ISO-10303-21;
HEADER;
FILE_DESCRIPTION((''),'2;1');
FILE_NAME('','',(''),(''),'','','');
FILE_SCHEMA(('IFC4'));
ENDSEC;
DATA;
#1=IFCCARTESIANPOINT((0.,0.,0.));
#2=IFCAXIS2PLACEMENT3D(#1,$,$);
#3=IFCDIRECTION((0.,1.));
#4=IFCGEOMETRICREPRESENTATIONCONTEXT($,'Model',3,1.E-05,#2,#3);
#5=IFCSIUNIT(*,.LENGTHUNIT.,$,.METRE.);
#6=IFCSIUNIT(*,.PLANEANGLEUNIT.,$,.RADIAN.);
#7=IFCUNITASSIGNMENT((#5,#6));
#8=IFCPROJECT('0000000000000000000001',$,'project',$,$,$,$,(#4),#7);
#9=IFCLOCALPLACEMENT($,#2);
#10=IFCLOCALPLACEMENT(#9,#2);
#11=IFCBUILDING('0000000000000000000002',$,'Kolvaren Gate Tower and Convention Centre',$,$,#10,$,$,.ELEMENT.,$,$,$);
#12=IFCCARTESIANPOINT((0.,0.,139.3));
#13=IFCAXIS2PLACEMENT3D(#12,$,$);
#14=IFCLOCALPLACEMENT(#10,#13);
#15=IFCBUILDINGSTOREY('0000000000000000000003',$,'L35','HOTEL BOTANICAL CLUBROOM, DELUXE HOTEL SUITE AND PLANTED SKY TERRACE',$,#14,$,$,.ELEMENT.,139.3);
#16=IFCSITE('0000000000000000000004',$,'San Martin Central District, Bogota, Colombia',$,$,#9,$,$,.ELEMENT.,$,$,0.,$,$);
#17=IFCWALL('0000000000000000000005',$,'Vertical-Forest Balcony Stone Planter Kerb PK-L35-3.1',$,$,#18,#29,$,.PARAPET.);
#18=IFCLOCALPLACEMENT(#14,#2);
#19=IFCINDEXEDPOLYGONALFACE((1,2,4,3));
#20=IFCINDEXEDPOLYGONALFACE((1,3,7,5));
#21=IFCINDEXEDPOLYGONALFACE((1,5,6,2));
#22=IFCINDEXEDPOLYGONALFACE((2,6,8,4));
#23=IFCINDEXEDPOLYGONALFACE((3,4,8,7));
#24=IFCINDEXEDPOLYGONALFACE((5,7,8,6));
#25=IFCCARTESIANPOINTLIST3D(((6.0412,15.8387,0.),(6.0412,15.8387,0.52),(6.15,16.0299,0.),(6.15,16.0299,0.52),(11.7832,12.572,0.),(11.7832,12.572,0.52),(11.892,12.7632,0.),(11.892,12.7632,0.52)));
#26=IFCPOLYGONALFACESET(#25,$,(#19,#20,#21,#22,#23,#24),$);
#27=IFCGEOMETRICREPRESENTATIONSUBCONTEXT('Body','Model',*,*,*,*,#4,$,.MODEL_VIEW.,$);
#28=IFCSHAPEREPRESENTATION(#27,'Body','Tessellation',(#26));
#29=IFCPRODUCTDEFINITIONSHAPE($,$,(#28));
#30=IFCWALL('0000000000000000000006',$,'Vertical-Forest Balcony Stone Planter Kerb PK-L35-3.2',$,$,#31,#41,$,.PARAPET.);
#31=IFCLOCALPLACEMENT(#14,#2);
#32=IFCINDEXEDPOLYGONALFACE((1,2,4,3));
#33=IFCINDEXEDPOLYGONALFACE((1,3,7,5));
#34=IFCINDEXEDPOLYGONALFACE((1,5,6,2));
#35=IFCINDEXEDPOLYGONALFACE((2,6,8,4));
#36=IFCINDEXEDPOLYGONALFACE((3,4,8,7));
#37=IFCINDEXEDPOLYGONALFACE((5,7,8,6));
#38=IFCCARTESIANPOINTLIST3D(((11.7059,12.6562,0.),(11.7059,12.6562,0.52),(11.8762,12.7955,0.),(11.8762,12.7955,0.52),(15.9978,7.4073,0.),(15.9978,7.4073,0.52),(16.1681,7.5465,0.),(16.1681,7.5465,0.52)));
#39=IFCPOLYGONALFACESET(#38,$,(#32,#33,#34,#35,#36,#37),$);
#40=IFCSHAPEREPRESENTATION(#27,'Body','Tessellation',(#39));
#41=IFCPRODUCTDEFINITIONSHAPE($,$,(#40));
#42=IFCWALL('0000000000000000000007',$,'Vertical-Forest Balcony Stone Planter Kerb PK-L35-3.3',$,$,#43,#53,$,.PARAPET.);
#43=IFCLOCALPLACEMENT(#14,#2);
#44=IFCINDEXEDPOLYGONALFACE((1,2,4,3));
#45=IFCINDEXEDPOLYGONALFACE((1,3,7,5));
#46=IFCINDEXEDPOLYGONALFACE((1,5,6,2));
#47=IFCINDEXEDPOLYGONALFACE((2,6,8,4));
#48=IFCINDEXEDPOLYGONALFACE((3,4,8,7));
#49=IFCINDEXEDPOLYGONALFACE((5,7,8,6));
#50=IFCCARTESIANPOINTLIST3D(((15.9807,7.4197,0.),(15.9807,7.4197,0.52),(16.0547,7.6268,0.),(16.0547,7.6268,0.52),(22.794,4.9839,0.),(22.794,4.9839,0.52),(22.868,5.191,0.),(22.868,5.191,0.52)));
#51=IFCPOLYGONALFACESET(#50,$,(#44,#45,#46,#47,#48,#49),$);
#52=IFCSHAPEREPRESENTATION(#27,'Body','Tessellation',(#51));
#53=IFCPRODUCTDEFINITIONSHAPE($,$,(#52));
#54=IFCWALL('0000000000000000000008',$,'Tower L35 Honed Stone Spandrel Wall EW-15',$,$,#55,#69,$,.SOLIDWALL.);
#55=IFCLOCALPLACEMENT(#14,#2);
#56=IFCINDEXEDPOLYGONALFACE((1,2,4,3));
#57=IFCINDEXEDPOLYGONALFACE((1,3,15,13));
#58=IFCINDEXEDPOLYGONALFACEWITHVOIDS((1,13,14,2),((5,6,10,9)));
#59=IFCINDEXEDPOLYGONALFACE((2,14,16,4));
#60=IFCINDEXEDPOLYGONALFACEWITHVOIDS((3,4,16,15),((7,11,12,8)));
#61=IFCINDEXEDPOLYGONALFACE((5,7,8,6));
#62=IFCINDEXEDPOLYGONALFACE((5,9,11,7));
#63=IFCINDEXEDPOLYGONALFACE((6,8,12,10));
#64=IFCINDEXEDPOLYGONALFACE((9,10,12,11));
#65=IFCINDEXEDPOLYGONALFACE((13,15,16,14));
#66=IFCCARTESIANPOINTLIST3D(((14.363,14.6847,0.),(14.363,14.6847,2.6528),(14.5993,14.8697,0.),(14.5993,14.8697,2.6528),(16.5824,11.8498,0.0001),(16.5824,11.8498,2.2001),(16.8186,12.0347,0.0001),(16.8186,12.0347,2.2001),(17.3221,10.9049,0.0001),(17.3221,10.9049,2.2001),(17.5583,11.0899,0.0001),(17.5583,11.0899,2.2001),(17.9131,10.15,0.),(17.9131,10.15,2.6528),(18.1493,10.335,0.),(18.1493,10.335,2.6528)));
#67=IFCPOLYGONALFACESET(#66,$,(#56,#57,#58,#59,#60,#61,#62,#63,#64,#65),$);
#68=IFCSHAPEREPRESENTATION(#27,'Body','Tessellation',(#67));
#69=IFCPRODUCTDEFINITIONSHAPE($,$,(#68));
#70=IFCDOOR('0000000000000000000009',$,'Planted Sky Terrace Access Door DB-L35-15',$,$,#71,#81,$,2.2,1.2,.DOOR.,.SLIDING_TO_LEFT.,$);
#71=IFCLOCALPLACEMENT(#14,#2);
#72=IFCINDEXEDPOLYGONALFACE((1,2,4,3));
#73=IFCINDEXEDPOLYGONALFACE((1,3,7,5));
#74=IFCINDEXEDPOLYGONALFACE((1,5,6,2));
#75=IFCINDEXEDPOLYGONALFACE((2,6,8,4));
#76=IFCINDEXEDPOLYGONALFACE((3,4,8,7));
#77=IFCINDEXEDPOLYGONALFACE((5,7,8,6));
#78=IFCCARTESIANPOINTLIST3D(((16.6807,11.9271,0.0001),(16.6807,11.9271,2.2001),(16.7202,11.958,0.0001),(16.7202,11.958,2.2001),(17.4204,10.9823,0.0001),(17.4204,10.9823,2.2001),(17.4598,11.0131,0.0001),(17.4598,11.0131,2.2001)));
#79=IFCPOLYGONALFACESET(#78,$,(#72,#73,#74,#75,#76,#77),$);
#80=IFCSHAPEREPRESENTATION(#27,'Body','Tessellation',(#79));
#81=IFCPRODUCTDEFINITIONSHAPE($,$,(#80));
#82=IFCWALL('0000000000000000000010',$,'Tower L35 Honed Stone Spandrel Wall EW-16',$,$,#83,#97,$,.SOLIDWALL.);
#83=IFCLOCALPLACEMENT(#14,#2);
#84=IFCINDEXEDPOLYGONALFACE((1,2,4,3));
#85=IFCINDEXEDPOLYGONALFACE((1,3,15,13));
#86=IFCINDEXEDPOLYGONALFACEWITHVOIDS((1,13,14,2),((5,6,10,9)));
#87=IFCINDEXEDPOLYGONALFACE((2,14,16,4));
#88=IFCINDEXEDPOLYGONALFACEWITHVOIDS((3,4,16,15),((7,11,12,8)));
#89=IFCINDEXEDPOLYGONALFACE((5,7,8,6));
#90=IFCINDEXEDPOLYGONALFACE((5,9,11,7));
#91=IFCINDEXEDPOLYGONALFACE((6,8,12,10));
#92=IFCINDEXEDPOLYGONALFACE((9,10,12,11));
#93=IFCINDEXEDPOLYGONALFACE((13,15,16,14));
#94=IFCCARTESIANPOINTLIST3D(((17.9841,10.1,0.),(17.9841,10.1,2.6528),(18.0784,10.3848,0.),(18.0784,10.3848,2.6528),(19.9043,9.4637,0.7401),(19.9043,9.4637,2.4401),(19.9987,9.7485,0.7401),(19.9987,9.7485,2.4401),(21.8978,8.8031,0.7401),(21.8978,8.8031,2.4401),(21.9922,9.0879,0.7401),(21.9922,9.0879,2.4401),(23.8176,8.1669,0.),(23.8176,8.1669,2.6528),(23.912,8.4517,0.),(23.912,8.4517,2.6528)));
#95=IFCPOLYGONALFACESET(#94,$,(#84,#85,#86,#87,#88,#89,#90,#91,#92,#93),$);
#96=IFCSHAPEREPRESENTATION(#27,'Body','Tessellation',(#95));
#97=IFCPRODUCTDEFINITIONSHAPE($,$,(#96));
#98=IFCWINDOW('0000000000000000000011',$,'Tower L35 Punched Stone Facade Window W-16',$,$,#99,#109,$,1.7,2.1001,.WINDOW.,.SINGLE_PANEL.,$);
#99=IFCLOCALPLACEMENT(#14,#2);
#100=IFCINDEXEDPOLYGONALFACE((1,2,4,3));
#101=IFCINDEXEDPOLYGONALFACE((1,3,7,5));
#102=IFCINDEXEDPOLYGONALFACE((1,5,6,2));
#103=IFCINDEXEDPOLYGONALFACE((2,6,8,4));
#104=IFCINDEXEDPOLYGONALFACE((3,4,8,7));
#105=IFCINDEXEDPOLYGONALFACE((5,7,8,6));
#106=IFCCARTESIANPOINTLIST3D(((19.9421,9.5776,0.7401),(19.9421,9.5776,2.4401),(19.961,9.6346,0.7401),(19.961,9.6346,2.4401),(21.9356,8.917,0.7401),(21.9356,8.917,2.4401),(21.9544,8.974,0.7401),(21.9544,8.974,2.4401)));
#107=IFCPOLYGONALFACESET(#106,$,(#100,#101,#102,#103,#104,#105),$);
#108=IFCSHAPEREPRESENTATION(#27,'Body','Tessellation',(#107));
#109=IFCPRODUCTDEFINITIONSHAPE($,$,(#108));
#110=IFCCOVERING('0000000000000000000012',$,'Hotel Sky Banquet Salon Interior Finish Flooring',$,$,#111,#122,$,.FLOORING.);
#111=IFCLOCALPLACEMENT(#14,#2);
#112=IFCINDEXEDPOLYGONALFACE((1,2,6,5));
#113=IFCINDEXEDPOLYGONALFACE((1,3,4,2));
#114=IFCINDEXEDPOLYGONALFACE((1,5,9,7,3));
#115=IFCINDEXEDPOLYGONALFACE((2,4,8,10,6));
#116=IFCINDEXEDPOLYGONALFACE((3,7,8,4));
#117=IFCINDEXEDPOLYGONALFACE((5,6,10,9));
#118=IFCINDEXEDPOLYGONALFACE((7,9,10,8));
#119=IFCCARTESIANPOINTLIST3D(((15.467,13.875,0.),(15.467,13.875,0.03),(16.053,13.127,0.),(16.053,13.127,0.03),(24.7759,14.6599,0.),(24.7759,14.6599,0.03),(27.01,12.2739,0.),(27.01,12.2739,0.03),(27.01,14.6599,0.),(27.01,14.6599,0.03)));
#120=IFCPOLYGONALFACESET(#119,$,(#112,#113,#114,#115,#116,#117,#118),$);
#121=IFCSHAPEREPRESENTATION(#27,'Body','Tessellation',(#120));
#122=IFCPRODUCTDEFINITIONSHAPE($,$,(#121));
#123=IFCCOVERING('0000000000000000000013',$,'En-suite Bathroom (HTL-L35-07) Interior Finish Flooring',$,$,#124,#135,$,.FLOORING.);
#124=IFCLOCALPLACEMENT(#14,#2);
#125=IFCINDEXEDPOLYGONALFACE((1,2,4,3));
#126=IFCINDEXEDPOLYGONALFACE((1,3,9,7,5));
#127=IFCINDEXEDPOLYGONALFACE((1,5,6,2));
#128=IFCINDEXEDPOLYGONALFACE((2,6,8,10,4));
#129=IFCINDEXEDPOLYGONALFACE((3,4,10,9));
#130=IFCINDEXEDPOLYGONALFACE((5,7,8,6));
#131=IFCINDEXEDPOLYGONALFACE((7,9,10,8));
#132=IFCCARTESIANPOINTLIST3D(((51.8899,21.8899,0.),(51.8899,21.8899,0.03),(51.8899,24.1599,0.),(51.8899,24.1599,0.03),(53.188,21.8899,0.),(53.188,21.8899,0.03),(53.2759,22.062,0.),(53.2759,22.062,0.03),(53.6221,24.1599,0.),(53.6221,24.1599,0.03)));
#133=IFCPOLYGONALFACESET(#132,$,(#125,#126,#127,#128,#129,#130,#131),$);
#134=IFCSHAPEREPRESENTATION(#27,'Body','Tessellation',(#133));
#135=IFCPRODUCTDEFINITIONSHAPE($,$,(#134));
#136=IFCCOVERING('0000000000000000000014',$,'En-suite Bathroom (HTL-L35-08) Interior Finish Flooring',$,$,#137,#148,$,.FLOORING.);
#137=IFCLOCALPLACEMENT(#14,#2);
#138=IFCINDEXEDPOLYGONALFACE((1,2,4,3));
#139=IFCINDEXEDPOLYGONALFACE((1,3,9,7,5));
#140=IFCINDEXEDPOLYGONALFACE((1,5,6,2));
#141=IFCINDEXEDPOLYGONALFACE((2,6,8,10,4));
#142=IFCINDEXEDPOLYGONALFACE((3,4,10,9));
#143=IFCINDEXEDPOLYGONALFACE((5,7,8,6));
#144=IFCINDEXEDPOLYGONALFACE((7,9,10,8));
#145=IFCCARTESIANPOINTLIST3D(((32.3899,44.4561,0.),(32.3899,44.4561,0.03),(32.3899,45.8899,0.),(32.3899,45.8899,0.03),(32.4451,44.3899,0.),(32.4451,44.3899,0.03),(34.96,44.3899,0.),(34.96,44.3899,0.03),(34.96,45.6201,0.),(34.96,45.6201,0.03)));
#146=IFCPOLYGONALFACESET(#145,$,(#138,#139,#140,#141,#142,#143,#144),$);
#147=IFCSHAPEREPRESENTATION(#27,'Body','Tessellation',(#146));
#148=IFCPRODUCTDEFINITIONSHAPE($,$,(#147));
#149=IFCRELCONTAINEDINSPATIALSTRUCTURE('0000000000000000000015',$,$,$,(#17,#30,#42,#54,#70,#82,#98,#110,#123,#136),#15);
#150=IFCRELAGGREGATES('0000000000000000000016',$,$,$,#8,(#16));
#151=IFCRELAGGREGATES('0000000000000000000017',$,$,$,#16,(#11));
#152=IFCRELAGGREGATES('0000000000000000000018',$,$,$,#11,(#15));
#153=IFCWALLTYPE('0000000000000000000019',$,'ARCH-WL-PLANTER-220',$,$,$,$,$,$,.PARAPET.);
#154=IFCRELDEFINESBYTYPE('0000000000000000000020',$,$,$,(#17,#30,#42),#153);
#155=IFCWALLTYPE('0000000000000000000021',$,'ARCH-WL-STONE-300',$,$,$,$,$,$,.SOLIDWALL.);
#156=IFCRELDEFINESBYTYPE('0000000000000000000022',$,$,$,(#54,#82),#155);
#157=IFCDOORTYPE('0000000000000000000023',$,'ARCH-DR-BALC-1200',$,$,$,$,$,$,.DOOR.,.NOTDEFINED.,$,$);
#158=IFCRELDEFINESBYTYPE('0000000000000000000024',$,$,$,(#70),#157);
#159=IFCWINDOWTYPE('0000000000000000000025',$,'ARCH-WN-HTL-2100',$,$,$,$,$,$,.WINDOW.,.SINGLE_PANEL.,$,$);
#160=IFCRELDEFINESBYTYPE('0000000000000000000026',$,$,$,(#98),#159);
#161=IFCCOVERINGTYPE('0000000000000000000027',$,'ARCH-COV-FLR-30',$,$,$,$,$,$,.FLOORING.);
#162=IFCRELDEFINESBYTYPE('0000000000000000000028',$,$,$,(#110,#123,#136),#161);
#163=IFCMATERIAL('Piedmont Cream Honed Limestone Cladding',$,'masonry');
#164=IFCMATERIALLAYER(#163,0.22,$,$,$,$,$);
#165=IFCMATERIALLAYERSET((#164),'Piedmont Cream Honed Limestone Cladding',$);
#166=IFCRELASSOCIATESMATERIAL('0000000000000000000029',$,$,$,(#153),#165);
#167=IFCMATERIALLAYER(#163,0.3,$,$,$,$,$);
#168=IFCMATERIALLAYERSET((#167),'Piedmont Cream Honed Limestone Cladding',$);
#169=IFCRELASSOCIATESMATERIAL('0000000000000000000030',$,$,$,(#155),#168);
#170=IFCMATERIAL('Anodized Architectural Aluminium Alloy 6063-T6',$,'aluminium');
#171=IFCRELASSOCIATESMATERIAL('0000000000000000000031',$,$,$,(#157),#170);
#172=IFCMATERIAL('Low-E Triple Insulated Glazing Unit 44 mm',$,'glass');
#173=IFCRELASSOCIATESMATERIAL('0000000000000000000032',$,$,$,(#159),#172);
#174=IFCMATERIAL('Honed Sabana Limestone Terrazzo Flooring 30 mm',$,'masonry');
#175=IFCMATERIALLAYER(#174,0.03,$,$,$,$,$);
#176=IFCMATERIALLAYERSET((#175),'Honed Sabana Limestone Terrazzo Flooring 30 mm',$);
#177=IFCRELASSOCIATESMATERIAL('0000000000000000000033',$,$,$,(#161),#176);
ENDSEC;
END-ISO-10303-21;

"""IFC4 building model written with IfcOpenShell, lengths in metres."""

from ifc_helpers import new_model, si_unit, direction, frame, frame_2d, origin, place, context, subcontext, project, spatial, polyline, rectangle, outline, extrude, material, layer, layer_set, type_object, element, fill, save


model = new_model("IFC4")

# Units and contexts
model_context = context("Model", 3, precision=1e-05, world=origin(), true_north=direction((0.0, 1.0)))
body_context = subcontext(model_context, "Body", "Model", "MODEL_VIEW")
ifc_project = project(units=[si_unit("LENGTHUNIT", "METRE"), si_unit("PLANEANGLEUNIT", "RADIAN")], contexts=[model_context])

# Site, building, storey
site_placement = place(None, origin())
site = spatial("IfcSite", under=ifc_project, at=site_placement, Name="San Martin Central District, Bogota, Colombia", CompositionType="ELEMENT", RefElevation=0.0)
building_placement = place(site_placement, origin())
building = spatial("IfcBuilding", under=site, at=building_placement, Name="Kolvaren Gate Tower and Convention Centre", CompositionType="ELEMENT")
storey_placement = place(building_placement, frame((0.0, 0.0, 139.3)))
storey = spatial("IfcBuildingStorey", under=building, at=storey_placement, Name="L35", Description="HOTEL BOTANICAL CLUBROOM, DELUXE HOTEL SUITE AND PLANTED SKY TERRACE", CompositionType="ELEMENT", Elevation=139.3)

# Walls
ifc_material_1 = material(Name="Piedmont Cream Honed Limestone Cladding", Category="masonry")
ifc_layer_1 = layer(ifc_material_1, 0.22)
ifc_layer_set_1 = layer_set([ifc_layer_1], Name="Piedmont Cream Honed Limestone Cladding")
wall_type_1 = type_object("IfcWallType", Name="ARCH-WL-PLANTER-220", PredefinedType="PARAPET", material=ifc_layer_set_1)
wall_1_placement = place(storey_placement, frame((6.0955, 15.9343, 0.0), z_axis=(0.0, 0.0, 1.0), x_axis=(0.869188, -0.494482, 0.0)))
element("IfcWall", 1, at=wall_1_placement, inside=storey, type_object=wall_type_1, Name="Vertical-Forest Balcony Stone Planter Kerb PK-L35-3.1", PredefinedType="PARAPET", context=body_context, shape_type="SweptSolid", body=[
    extrude(rectangle(XDim=6.6062, YDim=0.22, at=frame_2d((3.3032, 0.0))), origin(), (0.0, 0.0, 1.0), 0.52),
])
wall_2_placement = place(storey_placement, frame((11.791, 12.7258, 0.0), z_axis=(0.0, 0.0, 1.0), x_axis=(0.633002, -0.77415, 0.0)))
element("IfcWall", 2, at=wall_2_placement, inside=storey, type_object=wall_type_1, Name="Vertical-Forest Balcony Stone Planter Kerb PK-L35-3.2", PredefinedType="PARAPET", context=body_context, shape_type="SweptSolid", body=[
    extrude(rectangle(XDim=6.7803, YDim=0.22, at=frame_2d((3.3901, 0.0))), origin(), (0.0, 0.0, 1.0), 0.52),
])
wall_3_placement = place(storey_placement, frame((16.0178, 7.5232, 0.0), z_axis=(0.0, 0.0, 1.0), x_axis=(0.941633, -0.336642, 0.0)))
element("IfcWall", 3, at=wall_3_placement, inside=storey, type_object=wall_type_1, Name="Vertical-Forest Balcony Stone Planter Kerb PK-L35-3.3", PredefinedType="PARAPET", context=body_context, shape_type="SweptSolid", body=[
    extrude(rectangle(XDim=7.2356, YDim=0.22, at=frame_2d((3.6177, 0.0))), origin(), (0.0, 0.0, 1.0), 0.52),
])

# Wall, opening, door
ifc_layer_2 = layer(ifc_material_1, 0.3)
ifc_layer_set_2 = layer_set([ifc_layer_2], Name="Piedmont Cream Honed Limestone Cladding")
wall_type_2 = type_object("IfcWallType", Name="ARCH-WL-STONE-300", PredefinedType="SOLIDWALL", material=ifc_layer_set_2)
wall_4_placement = place(storey_placement, frame((14.4812, 14.7771, 0.0), z_axis=(0.0, 0.0, 1.0), x_axis=(0.616435, -0.787406, 0.0)))
wall_4 = element("IfcWall", 4, at=wall_4_placement, inside=storey, type_object=wall_type_2, Name="Tower L35 Honed Stone Spandrel Wall EW-15", PredefinedType="SOLIDWALL", context=body_context, shape_type="SweptSolid", body=[
    extrude(rectangle(XDim=5.759, YDim=0.3, at=frame_2d((2.8794, 0.0))), origin(), (0.0, 0.0, 1.0), 2.6528),
])
opening_1_placement = place(wall_4_placement, frame((3.6001, 0.0, 0.0)))
opening_1 = element("IfcOpeningElement", 5, at=opening_1_placement, cuts=wall_4, PredefinedType="OPENING", context=body_context, shape_type="SweptSolid", body=[
    extrude(rectangle(XDim=1.2, YDim=2.2, at=frame_2d((0.6001, 1.1001))), frame((0.0, 0.1599, 0.0), z_axis=(0.0, -1.0, 0.0), x_axis=(1.0, 0.0, 0.0)), (0.0, 0.0, 1.0), 0.3201),
])
ifc_material_2 = material(Name="Anodized Architectural Aluminium Alloy 6063-T6", Category="aluminium")
door_type = type_object("IfcDoorType", Name="ARCH-DR-BALC-1200", OperationType="NOTDEFINED", PredefinedType="DOOR", material=ifc_material_2)
door_placement = place(opening_1_placement, frame((1.2, 0.0, 0.0), z_axis=(0.0, 0.0, 1.0), x_axis=(-1.0, 0.0, 0.0)))
door = element("IfcDoor", 6, at=door_placement, inside=storey, type_object=door_type, Name="Planted Sky Terrace Access Door DB-L35-15", OperationType="SLIDING_TO_LEFT", OverallHeight=2.2, OverallWidth=1.2, PredefinedType="DOOR", context=body_context, shape_type="SweptSolid", body=[
    extrude(rectangle(XDim=1.2, YDim=2.2, at=frame_2d((0.6001, 1.1001))), frame((0.0, 0.0249, 0.0), z_axis=(0.0, -1.0, 0.0), x_axis=(1.0, 0.0, 0.0)), (0.0, 0.0, 1.0), 0.05),
])
fill(opening_1, door)

# Wall, opening, window
wall_5_placement = place(storey_placement, frame((18.0312, 10.2424, 0.0), z_axis=(0.0, 0.0, 1.0), x_axis=(0.949238, -0.314559, 0.0)))
wall_5 = element("IfcWall", 7, at=wall_5_placement, inside=storey, type_object=wall_type_2, Name="Tower L35 Honed Stone Spandrel Wall EW-16", PredefinedType="SOLIDWALL", context=body_context, shape_type="SweptSolid", body=[
    extrude(rectangle(XDim=6.1455, YDim=0.3, at=frame_2d((3.0728, 0.0))), origin(), (0.0, 0.0, 1.0), 2.6528),
])
opening_2_placement = place(wall_5_placement, frame((2.0229, 0.0, 0.74)))
opening_2 = element("IfcOpeningElement", 8, at=opening_2_placement, cuts=wall_5, PredefinedType="OPENING", context=body_context, shape_type="SweptSolid", body=[
    extrude(rectangle(XDim=2.1001, YDim=1.7, at=frame_2d((1.05, 0.8501))), frame((0.0, 0.1599, 0.0), z_axis=(0.0, -1.0, 0.0), x_axis=(1.0, 0.0, 0.0)), (0.0, 0.0, 1.0), 0.3201),
])
ifc_material_3 = material(Name="Low-E Triple Insulated Glazing Unit 44 mm", Category="glass")
window_type = type_object("IfcWindowType", Name="ARCH-WN-HTL-2100", PartitioningType="SINGLE_PANEL", PredefinedType="WINDOW", material=ifc_material_3)
window_placement = place(opening_2_placement, origin())
window = element("IfcWindow", 9, at=window_placement, inside=storey, type_object=window_type, Name="Tower L35 Punched Stone Facade Window W-16", OverallHeight=1.7, OverallWidth=2.1001, PartitioningType="SINGLE_PANEL", PredefinedType="WINDOW", context=body_context, shape_type="SweptSolid", body=[
    extrude(rectangle(XDim=2.1001, YDim=1.7, at=frame_2d((1.05, 0.8501))), frame((0.0, 0.03, 0.0), z_axis=(0.0, -1.0, 0.0), x_axis=(1.0, 0.0, 0.0)), (0.0, 0.0, 1.0), 0.0601),
])
fill(opening_2, window)

# Coverings
ifc_material_4 = material(Name="Honed Sabana Limestone Terrazzo Flooring 30 mm", Category="masonry")
ifc_layer_3 = layer(ifc_material_4, 0.03)
ifc_layer_set_3 = layer_set([ifc_layer_3], Name="Honed Sabana Limestone Terrazzo Flooring 30 mm")
covering_type = type_object("IfcCoveringType", Name="ARCH-COV-FLR-30", PredefinedType="FLOORING", material=ifc_layer_set_3)
covering_1_placement = place(storey_placement, origin())
element("IfcCovering", 10, at=covering_1_placement, inside=storey, type_object=covering_type, Name="Hotel Sky Banquet Salon Interior Finish Flooring", PredefinedType="FLOORING", context=body_context, shape_type="SweptSolid", body=[
    extrude(outline(polyline([(16.053, 13.127), (15.467, 13.875), (24.7759, 14.6599), (27.01, 14.6599), (27.01, 12.2739), (16.053, 13.127)])), origin(), (0.0, 0.0, 1.0), 0.03),
])
covering_2_placement = place(storey_placement, origin())
element("IfcCovering", 11, at=covering_2_placement, inside=storey, type_object=covering_type, Name="En-suite Bathroom (HTL-L35-07) Interior Finish Flooring", PredefinedType="FLOORING", context=body_context, shape_type="SweptSolid", body=[
    extrude(outline(polyline([(51.8899, 21.8899), (51.8899, 24.1599), (53.6221, 24.1599), (53.2759, 22.062), (53.188, 21.8899), (51.8899, 21.8899)])), origin(), (0.0, 0.0, 1.0), 0.03),
])
covering_3_placement = place(storey_placement, origin())
element("IfcCovering", 12, at=covering_3_placement, inside=storey, type_object=covering_type, Name="En-suite Bathroom (HTL-L35-08) Interior Finish Flooring", PredefinedType="FLOORING", context=body_context, shape_type="SweptSolid", body=[
    extrude(outline(polyline([(34.96, 44.3899), (32.4451, 44.3899), (32.3899, 44.4561), (32.3899, 45.8899), (34.96, 45.6201), (34.96, 44.3899)])), origin(), (0.0, 0.0, 1.0), 0.03),
])

save(model, "model.ifc")
